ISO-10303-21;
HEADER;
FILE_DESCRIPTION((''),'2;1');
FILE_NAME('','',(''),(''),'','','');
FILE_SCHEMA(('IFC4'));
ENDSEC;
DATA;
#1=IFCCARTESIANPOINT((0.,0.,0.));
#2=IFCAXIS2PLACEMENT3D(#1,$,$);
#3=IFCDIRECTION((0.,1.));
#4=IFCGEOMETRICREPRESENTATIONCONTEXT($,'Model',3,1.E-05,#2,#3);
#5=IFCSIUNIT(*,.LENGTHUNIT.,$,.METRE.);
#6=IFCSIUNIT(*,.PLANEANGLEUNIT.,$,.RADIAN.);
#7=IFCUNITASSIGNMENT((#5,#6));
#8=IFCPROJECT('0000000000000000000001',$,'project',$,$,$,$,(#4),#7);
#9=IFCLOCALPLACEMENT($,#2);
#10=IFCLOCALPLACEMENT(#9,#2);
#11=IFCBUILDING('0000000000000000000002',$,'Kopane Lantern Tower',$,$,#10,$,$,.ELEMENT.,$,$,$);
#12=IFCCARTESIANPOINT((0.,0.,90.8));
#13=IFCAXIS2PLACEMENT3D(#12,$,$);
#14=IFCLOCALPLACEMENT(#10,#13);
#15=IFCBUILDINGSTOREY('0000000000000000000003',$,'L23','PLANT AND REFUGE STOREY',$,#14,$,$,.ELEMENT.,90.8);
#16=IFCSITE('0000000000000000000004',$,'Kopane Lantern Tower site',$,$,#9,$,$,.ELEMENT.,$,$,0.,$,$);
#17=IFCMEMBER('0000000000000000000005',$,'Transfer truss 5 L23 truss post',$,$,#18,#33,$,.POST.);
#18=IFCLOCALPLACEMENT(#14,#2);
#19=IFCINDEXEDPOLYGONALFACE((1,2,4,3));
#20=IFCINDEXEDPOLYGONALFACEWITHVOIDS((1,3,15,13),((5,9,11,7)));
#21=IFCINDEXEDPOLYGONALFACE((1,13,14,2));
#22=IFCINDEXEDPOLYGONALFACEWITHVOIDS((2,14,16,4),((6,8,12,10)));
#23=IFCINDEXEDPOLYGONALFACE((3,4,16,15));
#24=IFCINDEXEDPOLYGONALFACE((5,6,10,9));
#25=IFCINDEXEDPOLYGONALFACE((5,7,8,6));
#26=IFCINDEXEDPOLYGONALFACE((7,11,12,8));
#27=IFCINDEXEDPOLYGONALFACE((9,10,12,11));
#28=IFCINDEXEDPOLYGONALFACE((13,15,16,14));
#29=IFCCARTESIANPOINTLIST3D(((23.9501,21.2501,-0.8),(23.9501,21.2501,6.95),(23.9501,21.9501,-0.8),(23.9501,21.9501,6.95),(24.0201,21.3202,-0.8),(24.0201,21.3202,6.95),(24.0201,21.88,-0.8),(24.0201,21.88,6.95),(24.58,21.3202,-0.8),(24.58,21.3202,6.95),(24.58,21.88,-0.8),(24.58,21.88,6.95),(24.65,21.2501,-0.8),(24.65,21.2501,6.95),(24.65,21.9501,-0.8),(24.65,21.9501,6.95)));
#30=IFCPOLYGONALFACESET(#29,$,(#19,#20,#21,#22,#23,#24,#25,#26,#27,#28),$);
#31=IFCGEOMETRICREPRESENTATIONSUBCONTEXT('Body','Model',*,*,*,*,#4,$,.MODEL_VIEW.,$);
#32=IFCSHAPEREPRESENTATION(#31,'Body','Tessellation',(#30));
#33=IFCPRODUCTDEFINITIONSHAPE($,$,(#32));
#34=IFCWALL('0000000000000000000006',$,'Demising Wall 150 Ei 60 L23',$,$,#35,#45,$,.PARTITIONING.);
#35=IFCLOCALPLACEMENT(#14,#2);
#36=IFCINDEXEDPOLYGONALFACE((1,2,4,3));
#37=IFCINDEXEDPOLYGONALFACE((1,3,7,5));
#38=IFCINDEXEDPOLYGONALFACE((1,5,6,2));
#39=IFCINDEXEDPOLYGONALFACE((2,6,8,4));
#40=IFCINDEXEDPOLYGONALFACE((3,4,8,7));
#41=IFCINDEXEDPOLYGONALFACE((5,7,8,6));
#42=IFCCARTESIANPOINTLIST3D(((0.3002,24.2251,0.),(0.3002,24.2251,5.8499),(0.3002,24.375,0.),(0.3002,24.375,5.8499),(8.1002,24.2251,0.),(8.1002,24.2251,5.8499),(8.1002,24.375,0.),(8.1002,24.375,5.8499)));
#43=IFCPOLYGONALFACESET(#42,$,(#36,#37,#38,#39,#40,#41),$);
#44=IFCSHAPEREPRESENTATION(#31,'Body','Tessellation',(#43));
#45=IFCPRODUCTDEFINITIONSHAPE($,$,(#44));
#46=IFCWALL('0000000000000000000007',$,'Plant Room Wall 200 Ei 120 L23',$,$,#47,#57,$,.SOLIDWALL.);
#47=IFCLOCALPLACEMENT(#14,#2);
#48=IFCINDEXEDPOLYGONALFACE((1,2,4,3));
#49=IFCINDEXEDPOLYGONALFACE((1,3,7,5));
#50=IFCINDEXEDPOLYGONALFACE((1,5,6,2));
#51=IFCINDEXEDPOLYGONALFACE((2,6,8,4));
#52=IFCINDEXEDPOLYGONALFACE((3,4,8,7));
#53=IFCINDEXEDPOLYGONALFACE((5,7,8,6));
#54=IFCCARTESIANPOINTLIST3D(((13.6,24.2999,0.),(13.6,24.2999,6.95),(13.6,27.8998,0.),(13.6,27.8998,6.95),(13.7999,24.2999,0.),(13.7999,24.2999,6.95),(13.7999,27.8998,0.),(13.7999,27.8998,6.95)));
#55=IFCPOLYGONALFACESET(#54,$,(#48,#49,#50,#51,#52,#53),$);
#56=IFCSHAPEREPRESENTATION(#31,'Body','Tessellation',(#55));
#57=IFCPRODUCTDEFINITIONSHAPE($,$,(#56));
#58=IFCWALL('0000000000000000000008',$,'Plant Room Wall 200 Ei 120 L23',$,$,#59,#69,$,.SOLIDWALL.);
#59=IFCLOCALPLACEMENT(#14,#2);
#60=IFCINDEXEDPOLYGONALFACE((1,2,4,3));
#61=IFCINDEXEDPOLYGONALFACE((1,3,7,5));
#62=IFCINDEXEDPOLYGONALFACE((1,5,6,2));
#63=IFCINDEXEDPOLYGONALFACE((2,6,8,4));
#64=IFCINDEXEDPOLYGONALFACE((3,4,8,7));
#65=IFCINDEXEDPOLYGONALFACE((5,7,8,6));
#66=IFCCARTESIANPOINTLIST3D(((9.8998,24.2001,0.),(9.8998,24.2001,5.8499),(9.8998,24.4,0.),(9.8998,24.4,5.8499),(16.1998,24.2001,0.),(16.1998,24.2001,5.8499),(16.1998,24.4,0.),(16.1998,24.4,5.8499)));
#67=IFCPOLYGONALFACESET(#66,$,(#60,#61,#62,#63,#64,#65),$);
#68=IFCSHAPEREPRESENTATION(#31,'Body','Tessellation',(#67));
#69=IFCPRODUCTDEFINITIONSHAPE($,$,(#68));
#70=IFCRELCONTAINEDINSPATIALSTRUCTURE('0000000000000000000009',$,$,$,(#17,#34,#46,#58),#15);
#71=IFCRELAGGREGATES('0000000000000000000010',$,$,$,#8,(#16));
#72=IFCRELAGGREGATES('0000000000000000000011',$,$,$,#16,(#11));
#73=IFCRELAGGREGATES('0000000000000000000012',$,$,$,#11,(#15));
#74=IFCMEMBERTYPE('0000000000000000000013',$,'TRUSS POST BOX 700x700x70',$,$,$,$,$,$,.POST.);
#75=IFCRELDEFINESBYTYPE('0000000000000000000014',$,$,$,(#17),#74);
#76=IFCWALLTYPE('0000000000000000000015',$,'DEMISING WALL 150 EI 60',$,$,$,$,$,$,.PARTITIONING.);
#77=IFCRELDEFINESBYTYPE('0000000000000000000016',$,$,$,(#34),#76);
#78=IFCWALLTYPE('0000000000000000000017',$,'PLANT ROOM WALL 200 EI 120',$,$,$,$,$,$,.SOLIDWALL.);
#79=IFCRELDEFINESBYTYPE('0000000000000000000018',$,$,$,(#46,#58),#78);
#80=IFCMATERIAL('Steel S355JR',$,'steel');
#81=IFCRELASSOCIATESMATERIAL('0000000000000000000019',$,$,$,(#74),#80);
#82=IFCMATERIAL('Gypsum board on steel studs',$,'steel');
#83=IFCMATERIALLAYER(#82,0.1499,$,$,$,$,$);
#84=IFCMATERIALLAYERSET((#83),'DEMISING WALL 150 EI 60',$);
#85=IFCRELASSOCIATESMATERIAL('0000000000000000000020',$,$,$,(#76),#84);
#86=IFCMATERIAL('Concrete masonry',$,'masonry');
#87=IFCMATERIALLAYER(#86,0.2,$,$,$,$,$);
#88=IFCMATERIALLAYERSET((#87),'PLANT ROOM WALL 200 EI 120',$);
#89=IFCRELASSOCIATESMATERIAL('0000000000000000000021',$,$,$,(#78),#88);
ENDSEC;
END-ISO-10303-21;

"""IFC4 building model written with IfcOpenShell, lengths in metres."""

from ifc_helpers import new_model, si_unit, direction, frame, frame_2d, origin, origin_2d, place, context, subcontext, project, spatial, rectangle, hollow_rectangle, extrude, material, layer, layer_set, material_profile, profile_set, type_object, element, save


model = new_model("IFC4")

# Units and contexts
model_context = context("Model", 3, precision=1e-05, world=origin(), true_north=direction((0.0, 1.0)))
body_context = subcontext(model_context, "Body", "Model", "MODEL_VIEW")
ifc_project = project(units=[si_unit("LENGTHUNIT", "METRE"), si_unit("PLANEANGLEUNIT", "RADIAN")], contexts=[model_context])

# Site, building, storey
site_placement = place(None, origin())
site = spatial("IfcSite", under=ifc_project, at=site_placement, Name="Kopane Lantern Tower site", CompositionType="ELEMENT", RefElevation=0.0)
building_placement = place(site_placement, origin())
building = spatial("IfcBuilding", under=site, at=building_placement, Name="Kopane Lantern Tower", CompositionType="ELEMENT")
storey_placement = place(building_placement, frame((0.0, 0.0, 90.8)))
storey = spatial("IfcBuildingStorey", under=building, at=storey_placement, Name="L23", Description="PLANT AND REFUGE STOREY", CompositionType="ELEMENT", Elevation=90.8)

# Member
ifc_material_1 = material(Name="Steel S355JR", Category="steel")
ifc_material_profile_1 = material_profile(ifc_material_1, hollow_rectangle(XDim=0.7, YDim=0.7, WallThickness=0.0701, at=origin_2d()), Name="BOX 700x700x70")
ifc_profile_set_1 = profile_set([ifc_material_profile_1], Name="Steel S355JR")
member_type_1 = type_object("IfcMemberType", Name="TRUSS POST BOX 700x700x70", PredefinedType="POST", material=ifc_profile_set_1)
for number, where, z_axis, x_axis, name in (
    (1, (24.3, 21.6001, -0.8), (0.0, 0.0, 1.0), (1.0, 0.0, 0.0), "Transfer truss 5 L23 truss post"),
):
    element("IfcMember", number, at=place(storey_placement, frame(where, z_axis=z_axis, x_axis=x_axis)), inside=storey, type_object=member_type_1, Name=name, PredefinedType="POST", context=body_context, shape_type="SweptSolid", body=[
        extrude(hollow_rectangle(XDim=0.7, YDim=0.7, WallThickness=0.0701, at=origin_2d()), origin(), (0.0, 0.0, 1.0), 7.75),
    ])

# Walls
ifc_material_2 = material(Name="Gypsum board on steel studs", Category="steel")
ifc_layer_1 = layer(ifc_material_2, 0.1499)
ifc_layer_set_1 = layer_set([ifc_layer_1], Name="DEMISING WALL 150 EI 60")
wall_type_1 = type_object("IfcWallType", Name="DEMISING WALL 150 EI 60", PredefinedType="PARTITIONING", material=ifc_layer_set_1)
wall_1_placement = place(storey_placement, frame((8.1001, 24.3, 0.0), z_axis=(0.0, 0.0, 1.0), x_axis=(-1.0, 0.0, 0.0)))
element("IfcWall", 2, at=wall_1_placement, inside=storey, type_object=wall_type_1, Name="Demising Wall 150 Ei 60 L23", PredefinedType="PARTITIONING", context=body_context, shape_type="SweptSolid", body=[
    extrude(rectangle(XDim=7.8, YDim=0.1499, at=frame_2d((3.8999, 0.0))), origin(), (0.0, 0.0, 1.0), 5.8499),
])
ifc_material_3 = material(Name="Concrete masonry", Category="masonry")
ifc_layer_2 = layer(ifc_material_3, 0.2)
ifc_layer_set_2 = layer_set([ifc_layer_2], Name="PLANT ROOM WALL 200 EI 120")
wall_type_2 = type_object("IfcWallType", Name="PLANT ROOM WALL 200 EI 120", PredefinedType="SOLIDWALL", material=ifc_layer_set_2)
wall_2_placement = place(storey_placement, frame((13.7, 24.3, 0.0), z_axis=(0.0, 0.0, 1.0), x_axis=(0.0, 1.0, 0.0)))
element("IfcWall", 3, at=wall_2_placement, inside=storey, type_object=wall_type_2, Name="Plant Room Wall 200 Ei 120 L23", PredefinedType="SOLIDWALL", context=body_context, shape_type="SweptSolid", body=[
    extrude(rectangle(XDim=3.5999, YDim=0.2, at=frame_2d((1.7998, 0.0))), origin(), (0.0, 0.0, 1.0), 6.95),
])
wall_3_placement = place(storey_placement, frame((9.8999, 24.3, 0.0), z_axis=(0.0, 0.0, 1.0), x_axis=(1.0, 0.0, 0.0)))
element("IfcWall", 4, at=wall_3_placement, inside=storey, type_object=wall_type_2, Name="Plant Room Wall 200 Ei 120 L23", PredefinedType="SOLIDWALL", context=body_context, shape_type="SweptSolid", body=[
    extrude(rectangle(XDim=6.3, YDim=0.2, at=frame_2d((3.1499, 0.0))), origin(), (0.0, 0.0, 1.0), 5.8499),
])

save(model, "model.ifc")
